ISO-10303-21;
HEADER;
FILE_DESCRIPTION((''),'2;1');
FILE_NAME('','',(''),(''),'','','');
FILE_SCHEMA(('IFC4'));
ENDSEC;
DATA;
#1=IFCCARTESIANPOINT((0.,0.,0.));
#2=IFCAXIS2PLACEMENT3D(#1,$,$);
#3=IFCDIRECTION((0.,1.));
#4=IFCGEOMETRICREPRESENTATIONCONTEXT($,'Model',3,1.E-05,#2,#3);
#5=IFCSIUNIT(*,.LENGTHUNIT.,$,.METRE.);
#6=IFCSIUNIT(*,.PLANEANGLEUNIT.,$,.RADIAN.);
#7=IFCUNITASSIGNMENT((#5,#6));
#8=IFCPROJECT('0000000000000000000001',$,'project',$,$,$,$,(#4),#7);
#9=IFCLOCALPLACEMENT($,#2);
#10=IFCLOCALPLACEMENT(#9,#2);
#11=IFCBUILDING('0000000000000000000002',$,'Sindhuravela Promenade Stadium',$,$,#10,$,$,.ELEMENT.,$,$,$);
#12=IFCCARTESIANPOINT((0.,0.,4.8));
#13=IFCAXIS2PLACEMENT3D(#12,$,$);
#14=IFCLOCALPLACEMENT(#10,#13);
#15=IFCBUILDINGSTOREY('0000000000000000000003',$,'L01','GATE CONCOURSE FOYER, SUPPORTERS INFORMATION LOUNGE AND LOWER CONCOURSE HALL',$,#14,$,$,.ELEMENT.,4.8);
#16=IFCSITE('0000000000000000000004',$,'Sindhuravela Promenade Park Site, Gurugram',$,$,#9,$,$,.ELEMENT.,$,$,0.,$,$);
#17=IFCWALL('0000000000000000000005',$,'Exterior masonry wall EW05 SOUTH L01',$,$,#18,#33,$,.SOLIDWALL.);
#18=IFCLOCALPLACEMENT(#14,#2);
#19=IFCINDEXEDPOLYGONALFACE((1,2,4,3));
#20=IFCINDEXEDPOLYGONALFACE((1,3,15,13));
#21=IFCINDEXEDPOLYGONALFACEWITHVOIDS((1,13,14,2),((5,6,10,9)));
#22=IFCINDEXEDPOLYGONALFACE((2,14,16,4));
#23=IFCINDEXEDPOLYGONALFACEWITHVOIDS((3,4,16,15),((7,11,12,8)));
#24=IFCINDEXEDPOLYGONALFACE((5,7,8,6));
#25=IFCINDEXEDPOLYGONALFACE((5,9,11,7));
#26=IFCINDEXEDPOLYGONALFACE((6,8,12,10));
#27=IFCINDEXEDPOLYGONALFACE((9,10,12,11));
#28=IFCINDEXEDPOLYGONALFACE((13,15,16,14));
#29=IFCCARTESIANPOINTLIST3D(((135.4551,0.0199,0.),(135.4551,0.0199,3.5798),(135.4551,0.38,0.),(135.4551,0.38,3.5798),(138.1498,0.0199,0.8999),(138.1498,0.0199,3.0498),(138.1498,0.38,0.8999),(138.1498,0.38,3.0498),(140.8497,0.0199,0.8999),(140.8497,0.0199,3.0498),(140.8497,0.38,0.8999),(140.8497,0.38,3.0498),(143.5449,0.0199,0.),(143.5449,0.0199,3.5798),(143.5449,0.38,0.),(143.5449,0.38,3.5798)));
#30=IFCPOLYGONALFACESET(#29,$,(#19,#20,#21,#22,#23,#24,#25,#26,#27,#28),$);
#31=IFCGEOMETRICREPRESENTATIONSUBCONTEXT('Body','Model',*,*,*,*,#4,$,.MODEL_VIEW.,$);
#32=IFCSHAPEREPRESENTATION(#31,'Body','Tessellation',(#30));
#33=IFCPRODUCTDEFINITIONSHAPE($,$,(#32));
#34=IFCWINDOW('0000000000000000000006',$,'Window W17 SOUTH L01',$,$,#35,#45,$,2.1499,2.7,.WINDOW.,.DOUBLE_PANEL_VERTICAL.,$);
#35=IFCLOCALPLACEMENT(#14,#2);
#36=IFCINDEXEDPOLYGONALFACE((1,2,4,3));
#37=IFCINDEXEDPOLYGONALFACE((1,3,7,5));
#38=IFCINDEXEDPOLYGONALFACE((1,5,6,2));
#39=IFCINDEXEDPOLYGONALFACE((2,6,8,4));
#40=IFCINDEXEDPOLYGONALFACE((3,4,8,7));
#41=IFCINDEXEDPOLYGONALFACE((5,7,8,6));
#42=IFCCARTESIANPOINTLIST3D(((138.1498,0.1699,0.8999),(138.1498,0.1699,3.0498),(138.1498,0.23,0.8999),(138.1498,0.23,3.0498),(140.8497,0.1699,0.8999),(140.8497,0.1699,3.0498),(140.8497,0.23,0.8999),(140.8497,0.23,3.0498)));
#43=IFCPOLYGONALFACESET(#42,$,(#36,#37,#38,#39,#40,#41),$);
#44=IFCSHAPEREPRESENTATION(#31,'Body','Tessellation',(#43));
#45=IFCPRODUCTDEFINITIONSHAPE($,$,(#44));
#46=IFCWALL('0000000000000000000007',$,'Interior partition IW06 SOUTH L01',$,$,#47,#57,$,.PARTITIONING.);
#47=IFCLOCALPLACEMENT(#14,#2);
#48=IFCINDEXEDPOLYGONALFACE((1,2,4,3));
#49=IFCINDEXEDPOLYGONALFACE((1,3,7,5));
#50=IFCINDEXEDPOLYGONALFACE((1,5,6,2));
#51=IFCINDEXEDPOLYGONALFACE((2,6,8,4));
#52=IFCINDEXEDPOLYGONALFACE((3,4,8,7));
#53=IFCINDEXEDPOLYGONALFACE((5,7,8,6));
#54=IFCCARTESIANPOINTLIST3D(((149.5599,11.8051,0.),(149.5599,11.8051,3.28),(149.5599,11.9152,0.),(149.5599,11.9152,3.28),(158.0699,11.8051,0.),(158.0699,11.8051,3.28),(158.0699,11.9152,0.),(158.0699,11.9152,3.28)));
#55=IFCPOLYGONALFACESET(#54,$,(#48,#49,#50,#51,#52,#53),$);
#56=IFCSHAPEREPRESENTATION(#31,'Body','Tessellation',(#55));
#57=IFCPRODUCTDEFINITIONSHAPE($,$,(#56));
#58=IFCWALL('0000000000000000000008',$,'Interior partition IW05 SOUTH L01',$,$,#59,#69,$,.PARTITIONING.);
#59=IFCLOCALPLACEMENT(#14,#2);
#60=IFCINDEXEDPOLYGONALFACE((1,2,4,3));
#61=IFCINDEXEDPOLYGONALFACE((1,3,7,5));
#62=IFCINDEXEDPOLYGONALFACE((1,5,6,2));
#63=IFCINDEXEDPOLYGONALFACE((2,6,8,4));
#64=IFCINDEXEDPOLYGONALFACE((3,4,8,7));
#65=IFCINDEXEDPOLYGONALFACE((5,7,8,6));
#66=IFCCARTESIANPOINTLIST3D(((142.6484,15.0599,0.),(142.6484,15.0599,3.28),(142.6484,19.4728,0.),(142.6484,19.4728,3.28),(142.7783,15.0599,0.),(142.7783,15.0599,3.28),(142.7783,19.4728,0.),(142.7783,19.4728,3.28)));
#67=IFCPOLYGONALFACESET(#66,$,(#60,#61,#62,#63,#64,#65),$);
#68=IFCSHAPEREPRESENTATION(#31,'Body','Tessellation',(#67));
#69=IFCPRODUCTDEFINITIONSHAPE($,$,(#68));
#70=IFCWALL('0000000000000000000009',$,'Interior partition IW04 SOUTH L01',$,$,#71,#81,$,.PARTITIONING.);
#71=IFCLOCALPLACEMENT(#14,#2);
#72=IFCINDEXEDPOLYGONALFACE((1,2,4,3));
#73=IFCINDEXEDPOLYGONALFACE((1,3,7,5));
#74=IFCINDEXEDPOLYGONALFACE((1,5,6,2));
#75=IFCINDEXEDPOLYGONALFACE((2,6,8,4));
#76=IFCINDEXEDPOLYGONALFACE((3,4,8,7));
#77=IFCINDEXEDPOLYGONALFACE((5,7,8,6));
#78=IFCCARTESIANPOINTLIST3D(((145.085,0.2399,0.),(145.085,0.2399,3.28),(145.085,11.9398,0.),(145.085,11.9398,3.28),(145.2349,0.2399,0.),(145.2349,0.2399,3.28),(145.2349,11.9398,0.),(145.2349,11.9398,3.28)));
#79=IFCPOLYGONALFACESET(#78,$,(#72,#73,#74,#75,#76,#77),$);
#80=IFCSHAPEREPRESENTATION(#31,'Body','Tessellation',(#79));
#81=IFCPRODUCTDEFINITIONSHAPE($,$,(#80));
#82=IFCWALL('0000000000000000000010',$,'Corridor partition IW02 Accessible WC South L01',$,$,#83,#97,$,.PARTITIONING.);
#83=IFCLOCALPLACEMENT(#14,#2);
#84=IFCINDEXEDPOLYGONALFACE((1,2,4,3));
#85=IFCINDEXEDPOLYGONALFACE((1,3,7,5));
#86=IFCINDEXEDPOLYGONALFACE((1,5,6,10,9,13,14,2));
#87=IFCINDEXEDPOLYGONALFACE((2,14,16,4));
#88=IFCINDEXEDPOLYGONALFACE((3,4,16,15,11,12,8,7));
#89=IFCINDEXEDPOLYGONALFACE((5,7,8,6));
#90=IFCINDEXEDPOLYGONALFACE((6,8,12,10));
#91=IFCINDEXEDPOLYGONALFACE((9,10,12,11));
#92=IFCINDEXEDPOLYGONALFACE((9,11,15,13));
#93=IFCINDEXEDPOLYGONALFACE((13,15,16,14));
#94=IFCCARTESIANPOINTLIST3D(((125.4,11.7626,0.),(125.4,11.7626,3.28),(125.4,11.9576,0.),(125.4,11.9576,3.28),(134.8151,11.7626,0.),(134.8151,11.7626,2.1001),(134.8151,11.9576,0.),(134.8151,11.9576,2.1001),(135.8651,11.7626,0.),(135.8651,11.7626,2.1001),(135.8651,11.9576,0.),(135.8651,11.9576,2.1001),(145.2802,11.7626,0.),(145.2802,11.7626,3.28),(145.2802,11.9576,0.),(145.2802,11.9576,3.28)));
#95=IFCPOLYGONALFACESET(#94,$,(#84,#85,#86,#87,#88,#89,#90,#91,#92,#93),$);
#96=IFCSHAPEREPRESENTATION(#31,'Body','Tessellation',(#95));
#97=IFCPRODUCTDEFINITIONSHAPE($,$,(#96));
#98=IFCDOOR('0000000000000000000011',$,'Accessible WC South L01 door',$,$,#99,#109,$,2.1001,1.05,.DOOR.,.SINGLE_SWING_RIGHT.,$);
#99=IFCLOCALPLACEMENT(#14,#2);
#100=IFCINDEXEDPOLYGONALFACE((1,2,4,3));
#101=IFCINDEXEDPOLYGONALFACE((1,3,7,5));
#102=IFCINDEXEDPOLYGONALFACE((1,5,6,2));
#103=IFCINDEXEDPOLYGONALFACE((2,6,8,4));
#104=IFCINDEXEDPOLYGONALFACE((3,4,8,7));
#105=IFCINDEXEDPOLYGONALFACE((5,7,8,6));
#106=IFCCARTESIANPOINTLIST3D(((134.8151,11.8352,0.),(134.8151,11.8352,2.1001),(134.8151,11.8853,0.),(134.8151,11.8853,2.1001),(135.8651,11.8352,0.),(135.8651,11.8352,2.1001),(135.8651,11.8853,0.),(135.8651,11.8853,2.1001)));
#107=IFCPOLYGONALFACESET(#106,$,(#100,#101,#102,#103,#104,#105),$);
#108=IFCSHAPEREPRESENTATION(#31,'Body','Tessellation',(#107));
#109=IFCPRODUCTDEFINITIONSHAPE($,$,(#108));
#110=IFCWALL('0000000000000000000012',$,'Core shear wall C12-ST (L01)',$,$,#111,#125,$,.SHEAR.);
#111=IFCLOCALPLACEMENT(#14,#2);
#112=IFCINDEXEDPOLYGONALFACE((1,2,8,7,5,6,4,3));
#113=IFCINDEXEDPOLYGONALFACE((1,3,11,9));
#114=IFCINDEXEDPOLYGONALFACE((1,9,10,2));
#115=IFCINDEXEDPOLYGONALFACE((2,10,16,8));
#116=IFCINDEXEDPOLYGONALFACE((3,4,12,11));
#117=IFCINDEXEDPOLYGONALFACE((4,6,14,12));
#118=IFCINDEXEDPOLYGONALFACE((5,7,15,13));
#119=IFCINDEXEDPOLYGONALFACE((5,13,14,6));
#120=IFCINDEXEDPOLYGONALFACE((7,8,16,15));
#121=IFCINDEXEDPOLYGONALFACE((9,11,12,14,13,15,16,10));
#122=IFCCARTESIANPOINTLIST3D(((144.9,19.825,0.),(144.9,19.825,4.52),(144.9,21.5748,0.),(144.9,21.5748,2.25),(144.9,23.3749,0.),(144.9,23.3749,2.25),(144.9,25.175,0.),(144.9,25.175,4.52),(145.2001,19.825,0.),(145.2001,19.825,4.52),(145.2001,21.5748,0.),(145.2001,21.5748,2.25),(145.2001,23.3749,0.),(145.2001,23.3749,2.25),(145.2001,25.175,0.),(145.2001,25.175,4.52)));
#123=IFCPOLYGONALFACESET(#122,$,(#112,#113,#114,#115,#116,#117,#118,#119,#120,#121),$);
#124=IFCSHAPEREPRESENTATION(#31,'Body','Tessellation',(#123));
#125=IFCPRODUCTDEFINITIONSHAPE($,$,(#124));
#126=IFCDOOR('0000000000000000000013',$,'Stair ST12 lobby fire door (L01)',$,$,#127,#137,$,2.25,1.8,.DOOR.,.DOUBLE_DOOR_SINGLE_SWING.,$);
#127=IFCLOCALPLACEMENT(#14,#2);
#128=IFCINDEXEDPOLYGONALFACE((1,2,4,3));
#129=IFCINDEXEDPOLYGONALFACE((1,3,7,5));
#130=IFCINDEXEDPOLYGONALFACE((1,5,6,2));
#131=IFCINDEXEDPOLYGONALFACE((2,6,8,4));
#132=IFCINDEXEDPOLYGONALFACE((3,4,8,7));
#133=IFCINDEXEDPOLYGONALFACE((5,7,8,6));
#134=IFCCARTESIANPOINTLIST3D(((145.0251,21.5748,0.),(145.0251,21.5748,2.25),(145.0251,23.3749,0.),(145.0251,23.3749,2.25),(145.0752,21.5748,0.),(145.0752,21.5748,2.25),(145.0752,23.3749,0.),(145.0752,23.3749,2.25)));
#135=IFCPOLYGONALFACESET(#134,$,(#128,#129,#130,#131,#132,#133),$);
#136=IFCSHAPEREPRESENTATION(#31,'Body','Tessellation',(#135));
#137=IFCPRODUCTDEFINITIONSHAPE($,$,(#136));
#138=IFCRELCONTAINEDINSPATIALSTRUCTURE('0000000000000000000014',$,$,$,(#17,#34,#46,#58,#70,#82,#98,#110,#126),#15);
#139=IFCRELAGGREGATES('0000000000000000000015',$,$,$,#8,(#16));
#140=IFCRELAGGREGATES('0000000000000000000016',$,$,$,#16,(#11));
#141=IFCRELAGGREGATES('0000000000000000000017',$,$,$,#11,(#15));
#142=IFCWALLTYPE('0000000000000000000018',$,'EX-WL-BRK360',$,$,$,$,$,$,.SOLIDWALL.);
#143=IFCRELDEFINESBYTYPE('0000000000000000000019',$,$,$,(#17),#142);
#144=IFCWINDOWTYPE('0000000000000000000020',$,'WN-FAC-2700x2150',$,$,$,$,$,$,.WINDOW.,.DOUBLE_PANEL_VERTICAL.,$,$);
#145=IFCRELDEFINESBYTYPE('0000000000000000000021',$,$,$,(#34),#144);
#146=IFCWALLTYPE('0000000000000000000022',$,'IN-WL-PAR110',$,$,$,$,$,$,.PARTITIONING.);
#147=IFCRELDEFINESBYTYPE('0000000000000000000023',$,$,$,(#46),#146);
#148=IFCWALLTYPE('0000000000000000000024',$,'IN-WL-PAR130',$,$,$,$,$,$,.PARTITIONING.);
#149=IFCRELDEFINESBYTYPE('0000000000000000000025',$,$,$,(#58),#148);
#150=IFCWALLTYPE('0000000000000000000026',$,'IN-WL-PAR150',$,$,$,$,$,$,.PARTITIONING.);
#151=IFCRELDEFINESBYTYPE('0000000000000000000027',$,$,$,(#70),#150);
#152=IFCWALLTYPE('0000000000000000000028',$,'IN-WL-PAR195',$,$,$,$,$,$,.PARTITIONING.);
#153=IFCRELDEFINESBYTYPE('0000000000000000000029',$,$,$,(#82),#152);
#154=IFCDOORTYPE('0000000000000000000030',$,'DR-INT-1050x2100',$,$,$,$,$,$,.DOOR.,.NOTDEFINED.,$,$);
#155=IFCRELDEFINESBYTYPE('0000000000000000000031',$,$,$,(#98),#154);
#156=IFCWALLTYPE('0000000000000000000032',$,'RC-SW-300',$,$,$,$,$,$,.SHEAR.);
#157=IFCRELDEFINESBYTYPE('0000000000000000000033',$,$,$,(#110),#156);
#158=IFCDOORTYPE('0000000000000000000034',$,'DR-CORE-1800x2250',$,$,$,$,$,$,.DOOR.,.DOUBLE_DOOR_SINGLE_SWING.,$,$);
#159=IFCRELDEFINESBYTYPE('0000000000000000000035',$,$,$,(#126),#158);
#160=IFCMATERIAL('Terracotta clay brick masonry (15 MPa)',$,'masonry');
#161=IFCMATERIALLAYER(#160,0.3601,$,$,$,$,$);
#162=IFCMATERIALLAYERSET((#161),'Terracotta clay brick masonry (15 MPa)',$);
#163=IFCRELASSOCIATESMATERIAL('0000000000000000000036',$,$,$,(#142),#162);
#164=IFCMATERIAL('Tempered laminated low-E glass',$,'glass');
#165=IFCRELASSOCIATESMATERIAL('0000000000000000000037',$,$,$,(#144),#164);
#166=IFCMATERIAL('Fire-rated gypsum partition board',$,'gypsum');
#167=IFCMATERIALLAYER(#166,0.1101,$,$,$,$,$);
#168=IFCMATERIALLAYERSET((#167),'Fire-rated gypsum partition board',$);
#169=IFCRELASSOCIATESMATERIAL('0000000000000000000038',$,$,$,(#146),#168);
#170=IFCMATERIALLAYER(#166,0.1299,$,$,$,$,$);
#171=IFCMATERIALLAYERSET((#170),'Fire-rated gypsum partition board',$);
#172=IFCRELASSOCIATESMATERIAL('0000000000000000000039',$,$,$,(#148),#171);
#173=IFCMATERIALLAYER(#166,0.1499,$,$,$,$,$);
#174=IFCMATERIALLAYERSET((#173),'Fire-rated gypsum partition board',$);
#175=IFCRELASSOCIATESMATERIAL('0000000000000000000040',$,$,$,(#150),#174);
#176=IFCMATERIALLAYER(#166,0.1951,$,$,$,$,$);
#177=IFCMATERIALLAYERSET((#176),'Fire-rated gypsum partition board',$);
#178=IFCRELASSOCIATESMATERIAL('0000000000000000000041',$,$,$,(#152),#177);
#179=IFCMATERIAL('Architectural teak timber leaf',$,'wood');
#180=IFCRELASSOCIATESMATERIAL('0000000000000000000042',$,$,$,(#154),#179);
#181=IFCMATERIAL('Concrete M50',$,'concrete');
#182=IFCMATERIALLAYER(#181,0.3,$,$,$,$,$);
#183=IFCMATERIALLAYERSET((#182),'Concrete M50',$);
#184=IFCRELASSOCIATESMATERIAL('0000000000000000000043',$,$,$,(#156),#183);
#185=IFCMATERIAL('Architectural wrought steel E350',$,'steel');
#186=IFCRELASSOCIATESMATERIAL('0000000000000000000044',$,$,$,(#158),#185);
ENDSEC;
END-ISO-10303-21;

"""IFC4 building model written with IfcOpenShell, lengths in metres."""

from ifc_helpers import new_model, si_unit, direction, frame, frame_2d, origin, place, context, subcontext, project, spatial, rectangle, extrude, material, layer, layer_set, type_object, element, fill, save


model = new_model("IFC4")

# Units and contexts
model_context = context("Model", 3, precision=1e-05, world=origin(), true_north=direction((0.0, 1.0)))
body_context = subcontext(model_context, "Body", "Model", "MODEL_VIEW")
ifc_project = project(units=[si_unit("LENGTHUNIT", "METRE"), si_unit("PLANEANGLEUNIT", "RADIAN")], contexts=[model_context])

# Site, building, storey
site_placement = place(None, origin())
site = spatial("IfcSite", under=ifc_project, at=site_placement, Name="Sindhuravela Promenade Park Site, Gurugram", CompositionType="ELEMENT", RefElevation=0.0)
building_placement = place(site_placement, origin())
building = spatial("IfcBuilding", under=site, at=building_placement, Name="Sindhuravela Promenade Stadium", CompositionType="ELEMENT")
storey_placement = place(building_placement, frame((0.0, 0.0, 4.8)))
storey = spatial("IfcBuildingStorey", under=building, at=storey_placement, Name="L01", Description="GATE CONCOURSE FOYER, SUPPORTERS INFORMATION LOUNGE AND LOWER CONCOURSE HALL", CompositionType="ELEMENT", Elevation=4.8)

# Wall, opening, window
ifc_material_1 = material(Name="Terracotta clay brick masonry (15 MPa)", Category="masonry")
ifc_layer_1 = layer(ifc_material_1, 0.3601)
ifc_layer_set_1 = layer_set([ifc_layer_1], Name="Terracotta clay brick masonry (15 MPa)")
wall_type_1 = type_object("IfcWallType", Name="EX-WL-BRK360", PredefinedType="SOLIDWALL", material=ifc_layer_set_1)
wall_1_placement = place(storey_placement, frame((143.5449, 0.2, 0.0), z_axis=(0.0, 0.0, 1.0), x_axis=(-1.0, 0.0, 0.0)))
wall_1 = element("IfcWall", 1, at=wall_1_placement, inside=storey, type_object=wall_type_1, Name="Exterior masonry wall EW05 SOUTH L01", PredefinedType="SOLIDWALL", context=body_context, shape_type="SweptSolid", body=[
    extrude(rectangle(XDim=8.0898, YDim=0.3601, at=frame_2d((4.0449, 0.0))), origin(), (0.0, 0.0, 1.0), 3.5798),
])
opening_1_placement = place(wall_1_placement, frame((2.6951, 0.0, 0.8999)))
opening_1 = element("IfcOpeningElement", 2, at=opening_1_placement, cuts=wall_1, PredefinedType="OPENING", context=body_context, shape_type="SweptSolid", body=[
    extrude(rectangle(XDim=2.7, YDim=2.1499, at=frame_2d((1.3501, 1.075))), frame((0.0, 0.1899, 0.0), z_axis=(0.0, -1.0, 0.0), x_axis=(1.0, 0.0, 0.0)), (0.0, 0.0, 1.0), 0.3801),
])
ifc_material_2 = material(Name="Tempered laminated low-E glass", Category="glass")
window_type = type_object("IfcWindowType", Name="WN-FAC-2700x2150", PartitioningType="DOUBLE_PANEL_VERTICAL", PredefinedType="WINDOW", material=ifc_material_2)
window_placement = place(opening_1_placement, origin())
window = element("IfcWindow", 3, at=window_placement, inside=storey, type_object=window_type, Name="Window W17 SOUTH L01", OverallHeight=2.1499, OverallWidth=2.7, PartitioningType="DOUBLE_PANEL_VERTICAL", PredefinedType="WINDOW", context=body_context, shape_type="SweptSolid", body=[
    extrude(rectangle(XDim=2.7, YDim=2.1499, at=frame_2d((1.3501, 1.075))), frame((0.0, 0.03, 0.0), z_axis=(0.0, -1.0, 0.0), x_axis=(1.0, 0.0, 0.0)), (0.0, 0.0, 1.0), 0.0601),
])
fill(opening_1, window)

# Walls
ifc_material_3 = material(Name="Fire-rated gypsum partition board", Category="gypsum")
ifc_layer_2 = layer(ifc_material_3, 0.1101)
ifc_layer_set_2 = layer_set([ifc_layer_2], Name="Fire-rated gypsum partition board")
wall_type_2 = type_object("IfcWallType", Name="IN-WL-PAR110", PredefinedType="PARTITIONING", material=ifc_layer_set_2)
wall_2_placement = place(storey_placement, frame((149.5601, 11.8601, 0.0), z_axis=(0.0, 0.0, 1.0), x_axis=(1.0, 0.0, 0.0)))
element("IfcWall", 4, at=wall_2_placement, inside=storey, type_object=wall_type_2, Name="Interior partition IW06 SOUTH L01", PredefinedType="PARTITIONING", context=body_context, shape_type="SweptSolid", body=[
    extrude(rectangle(XDim=8.51, YDim=0.1101, at=frame_2d((4.2549, 0.0))), origin(), (0.0, 0.0, 1.0), 3.28),
])
ifc_layer_3 = layer(ifc_material_3, 0.1299)
ifc_layer_set_3 = layer_set([ifc_layer_3], Name="Fire-rated gypsum partition board")
wall_type_3 = type_object("IfcWallType", Name="IN-WL-PAR130", PredefinedType="PARTITIONING", material=ifc_layer_set_3)
wall_3_placement = place(storey_placement, frame((142.7134, 19.4729, 0.0), z_axis=(0.0, 0.0, 1.0), x_axis=(0.0, -1.0, 0.0)))
element("IfcWall", 5, at=wall_3_placement, inside=storey, type_object=wall_type_3, Name="Interior partition IW05 SOUTH L01", PredefinedType="PARTITIONING", context=body_context, shape_type="SweptSolid", body=[
    extrude(rectangle(XDim=4.4128, YDim=0.1299, at=frame_2d((2.2065, 0.0))), origin(), (0.0, 0.0, 1.0), 3.28),
])
ifc_layer_4 = layer(ifc_material_3, 0.1499)
ifc_layer_set_4 = layer_set([ifc_layer_4], Name="Fire-rated gypsum partition board")
wall_type_4 = type_object("IfcWallType", Name="IN-WL-PAR150", PredefinedType="PARTITIONING", material=ifc_layer_set_4)
wall_4_placement = place(storey_placement, frame((145.1599, 11.9399, 0.0), z_axis=(0.0, 0.0, 1.0), x_axis=(0.0, -1.0, 0.0)))
element("IfcWall", 6, at=wall_4_placement, inside=storey, type_object=wall_type_4, Name="Interior partition IW04 SOUTH L01", PredefinedType="PARTITIONING", context=body_context, shape_type="SweptSolid", body=[
    extrude(rectangle(XDim=11.7, YDim=0.1499, at=frame_2d((5.8501, 0.0))), origin(), (0.0, 0.0, 1.0), 3.28),
])

# Walls, openings, doors
ifc_layer_5 = layer(ifc_material_3, 0.1951)
ifc_layer_set_5 = layer_set([ifc_layer_5], Name="Fire-rated gypsum partition board")
wall_type_5 = type_object("IfcWallType", Name="IN-WL-PAR195", PredefinedType="PARTITIONING", material=ifc_layer_set_5)
wall_5_placement = place(storey_placement, frame((145.28, 11.8601, 0.0), z_axis=(0.0, 0.0, 1.0), x_axis=(-1.0, 0.0, 0.0)))
wall_5 = element("IfcWall", 7, at=wall_5_placement, inside=storey, type_object=wall_type_5, Name="Corridor partition IW02 Accessible WC South L01", PredefinedType="PARTITIONING", context=body_context, shape_type="SweptSolid", body=[
    extrude(rectangle(XDim=19.8801, YDim=0.1951, at=frame_2d((9.9399, 0.0))), origin(), (0.0, 0.0, 1.0), 3.28),
])
opening_2_placement = place(wall_5_placement, frame((9.415, 0.0, 0.0)))
opening_2 = element("IfcOpeningElement", 8, at=opening_2_placement, cuts=wall_5, PredefinedType="OPENING", context=body_context, shape_type="SweptSolid", body=[
    extrude(rectangle(XDim=1.05, YDim=2.1001, at=frame_2d((0.5249, 1.05))), frame((0.0, 0.1074, 0.0), z_axis=(0.0, -1.0, 0.0), x_axis=(1.0, 0.0, 0.0)), (0.0, 0.0, 1.0), 0.2151),
])
ifc_material_4 = material(Name="Architectural teak timber leaf", Category="wood")
door_type_1 = type_object("IfcDoorType", Name="DR-INT-1050x2100", OperationType="NOTDEFINED", PredefinedType="DOOR", material=ifc_material_4)
door_1_placement = place(opening_2_placement, origin())
door_1 = element("IfcDoor", 9, at=door_1_placement, inside=storey, type_object=door_type_1, Name="Accessible WC South L01 door", OperationType="SINGLE_SWING_RIGHT", OverallHeight=2.1001, OverallWidth=1.05, PredefinedType="DOOR", context=body_context, shape_type="SweptSolid", body=[
    extrude(rectangle(XDim=1.05, YDim=2.1001, at=frame_2d((0.5249, 1.05))), frame((0.0, 0.0249, 0.0), z_axis=(0.0, -1.0, 0.0), x_axis=(1.0, 0.0, 0.0)), (0.0, 0.0, 1.0), 0.05),
])
fill(opening_2, door_1)
ifc_material_5 = material(Name="Concrete M50", Category="concrete")
ifc_layer_6 = layer(ifc_material_5, 0.3)
ifc_layer_set_6 = layer_set([ifc_layer_6], Name="Concrete M50")
wall_type_6 = type_object("IfcWallType", Name="RC-SW-300", PredefinedType="SHEAR", material=ifc_layer_set_6)
wall_6_placement = place(storey_placement, frame((145.05, 19.825, 0.0), z_axis=(0.0, 0.0, 1.0), x_axis=(0.0, 1.0, 0.0)))
wall_6 = element("IfcWall", 10, at=wall_6_placement, inside=storey, type_object=wall_type_6, Name="Core shear wall C12-ST (L01)", PredefinedType="SHEAR", context=body_context, shape_type="SweptSolid", body=[
    extrude(rectangle(XDim=5.3501, YDim=0.3, at=frame_2d((2.675, 0.0))), origin(), (0.0, 0.0, 1.0), 4.52),
])
opening_3_placement = place(wall_6_placement, frame((1.75, 0.0, 0.0)))
opening_3 = element("IfcOpeningElement", 11, at=opening_3_placement, cuts=wall_6, PredefinedType="OPENING", context=body_context, shape_type="SweptSolid", body=[
    extrude(rectangle(XDim=1.8, YDim=2.25, at=frame_2d((0.8999, 1.125))), frame((0.0, 0.1599, 0.0), z_axis=(0.0, -1.0, 0.0), x_axis=(1.0, 0.0, 0.0)), (0.0, 0.0, 1.0), 0.3201),
])
ifc_material_6 = material(Name="Architectural wrought steel E350", Category="steel")
door_type_2 = type_object("IfcDoorType", Name="DR-CORE-1800x2250", OperationType="DOUBLE_DOOR_SINGLE_SWING", PredefinedType="DOOR", material=ifc_material_6)
door_2_placement = place(opening_3_placement, origin())
door_2 = element("IfcDoor", 12, at=door_2_placement, inside=storey, type_object=door_type_2, Name="Stair ST12 lobby fire door (L01)", OperationType="DOUBLE_DOOR_SINGLE_SWING", OverallHeight=2.25, OverallWidth=1.8, PredefinedType="DOOR", context=body_context, shape_type="SweptSolid", body=[
    extrude(rectangle(XDim=1.8, YDim=2.25, at=frame_2d((0.8999, 1.125))), frame((0.0, 0.0249, 0.0), z_axis=(0.0, -1.0, 0.0), x_axis=(1.0, 0.0, 0.0)), (0.0, 0.0, 1.0), 0.05),
])
fill(opening_3, door_2)

save(model, "model.ifc")
